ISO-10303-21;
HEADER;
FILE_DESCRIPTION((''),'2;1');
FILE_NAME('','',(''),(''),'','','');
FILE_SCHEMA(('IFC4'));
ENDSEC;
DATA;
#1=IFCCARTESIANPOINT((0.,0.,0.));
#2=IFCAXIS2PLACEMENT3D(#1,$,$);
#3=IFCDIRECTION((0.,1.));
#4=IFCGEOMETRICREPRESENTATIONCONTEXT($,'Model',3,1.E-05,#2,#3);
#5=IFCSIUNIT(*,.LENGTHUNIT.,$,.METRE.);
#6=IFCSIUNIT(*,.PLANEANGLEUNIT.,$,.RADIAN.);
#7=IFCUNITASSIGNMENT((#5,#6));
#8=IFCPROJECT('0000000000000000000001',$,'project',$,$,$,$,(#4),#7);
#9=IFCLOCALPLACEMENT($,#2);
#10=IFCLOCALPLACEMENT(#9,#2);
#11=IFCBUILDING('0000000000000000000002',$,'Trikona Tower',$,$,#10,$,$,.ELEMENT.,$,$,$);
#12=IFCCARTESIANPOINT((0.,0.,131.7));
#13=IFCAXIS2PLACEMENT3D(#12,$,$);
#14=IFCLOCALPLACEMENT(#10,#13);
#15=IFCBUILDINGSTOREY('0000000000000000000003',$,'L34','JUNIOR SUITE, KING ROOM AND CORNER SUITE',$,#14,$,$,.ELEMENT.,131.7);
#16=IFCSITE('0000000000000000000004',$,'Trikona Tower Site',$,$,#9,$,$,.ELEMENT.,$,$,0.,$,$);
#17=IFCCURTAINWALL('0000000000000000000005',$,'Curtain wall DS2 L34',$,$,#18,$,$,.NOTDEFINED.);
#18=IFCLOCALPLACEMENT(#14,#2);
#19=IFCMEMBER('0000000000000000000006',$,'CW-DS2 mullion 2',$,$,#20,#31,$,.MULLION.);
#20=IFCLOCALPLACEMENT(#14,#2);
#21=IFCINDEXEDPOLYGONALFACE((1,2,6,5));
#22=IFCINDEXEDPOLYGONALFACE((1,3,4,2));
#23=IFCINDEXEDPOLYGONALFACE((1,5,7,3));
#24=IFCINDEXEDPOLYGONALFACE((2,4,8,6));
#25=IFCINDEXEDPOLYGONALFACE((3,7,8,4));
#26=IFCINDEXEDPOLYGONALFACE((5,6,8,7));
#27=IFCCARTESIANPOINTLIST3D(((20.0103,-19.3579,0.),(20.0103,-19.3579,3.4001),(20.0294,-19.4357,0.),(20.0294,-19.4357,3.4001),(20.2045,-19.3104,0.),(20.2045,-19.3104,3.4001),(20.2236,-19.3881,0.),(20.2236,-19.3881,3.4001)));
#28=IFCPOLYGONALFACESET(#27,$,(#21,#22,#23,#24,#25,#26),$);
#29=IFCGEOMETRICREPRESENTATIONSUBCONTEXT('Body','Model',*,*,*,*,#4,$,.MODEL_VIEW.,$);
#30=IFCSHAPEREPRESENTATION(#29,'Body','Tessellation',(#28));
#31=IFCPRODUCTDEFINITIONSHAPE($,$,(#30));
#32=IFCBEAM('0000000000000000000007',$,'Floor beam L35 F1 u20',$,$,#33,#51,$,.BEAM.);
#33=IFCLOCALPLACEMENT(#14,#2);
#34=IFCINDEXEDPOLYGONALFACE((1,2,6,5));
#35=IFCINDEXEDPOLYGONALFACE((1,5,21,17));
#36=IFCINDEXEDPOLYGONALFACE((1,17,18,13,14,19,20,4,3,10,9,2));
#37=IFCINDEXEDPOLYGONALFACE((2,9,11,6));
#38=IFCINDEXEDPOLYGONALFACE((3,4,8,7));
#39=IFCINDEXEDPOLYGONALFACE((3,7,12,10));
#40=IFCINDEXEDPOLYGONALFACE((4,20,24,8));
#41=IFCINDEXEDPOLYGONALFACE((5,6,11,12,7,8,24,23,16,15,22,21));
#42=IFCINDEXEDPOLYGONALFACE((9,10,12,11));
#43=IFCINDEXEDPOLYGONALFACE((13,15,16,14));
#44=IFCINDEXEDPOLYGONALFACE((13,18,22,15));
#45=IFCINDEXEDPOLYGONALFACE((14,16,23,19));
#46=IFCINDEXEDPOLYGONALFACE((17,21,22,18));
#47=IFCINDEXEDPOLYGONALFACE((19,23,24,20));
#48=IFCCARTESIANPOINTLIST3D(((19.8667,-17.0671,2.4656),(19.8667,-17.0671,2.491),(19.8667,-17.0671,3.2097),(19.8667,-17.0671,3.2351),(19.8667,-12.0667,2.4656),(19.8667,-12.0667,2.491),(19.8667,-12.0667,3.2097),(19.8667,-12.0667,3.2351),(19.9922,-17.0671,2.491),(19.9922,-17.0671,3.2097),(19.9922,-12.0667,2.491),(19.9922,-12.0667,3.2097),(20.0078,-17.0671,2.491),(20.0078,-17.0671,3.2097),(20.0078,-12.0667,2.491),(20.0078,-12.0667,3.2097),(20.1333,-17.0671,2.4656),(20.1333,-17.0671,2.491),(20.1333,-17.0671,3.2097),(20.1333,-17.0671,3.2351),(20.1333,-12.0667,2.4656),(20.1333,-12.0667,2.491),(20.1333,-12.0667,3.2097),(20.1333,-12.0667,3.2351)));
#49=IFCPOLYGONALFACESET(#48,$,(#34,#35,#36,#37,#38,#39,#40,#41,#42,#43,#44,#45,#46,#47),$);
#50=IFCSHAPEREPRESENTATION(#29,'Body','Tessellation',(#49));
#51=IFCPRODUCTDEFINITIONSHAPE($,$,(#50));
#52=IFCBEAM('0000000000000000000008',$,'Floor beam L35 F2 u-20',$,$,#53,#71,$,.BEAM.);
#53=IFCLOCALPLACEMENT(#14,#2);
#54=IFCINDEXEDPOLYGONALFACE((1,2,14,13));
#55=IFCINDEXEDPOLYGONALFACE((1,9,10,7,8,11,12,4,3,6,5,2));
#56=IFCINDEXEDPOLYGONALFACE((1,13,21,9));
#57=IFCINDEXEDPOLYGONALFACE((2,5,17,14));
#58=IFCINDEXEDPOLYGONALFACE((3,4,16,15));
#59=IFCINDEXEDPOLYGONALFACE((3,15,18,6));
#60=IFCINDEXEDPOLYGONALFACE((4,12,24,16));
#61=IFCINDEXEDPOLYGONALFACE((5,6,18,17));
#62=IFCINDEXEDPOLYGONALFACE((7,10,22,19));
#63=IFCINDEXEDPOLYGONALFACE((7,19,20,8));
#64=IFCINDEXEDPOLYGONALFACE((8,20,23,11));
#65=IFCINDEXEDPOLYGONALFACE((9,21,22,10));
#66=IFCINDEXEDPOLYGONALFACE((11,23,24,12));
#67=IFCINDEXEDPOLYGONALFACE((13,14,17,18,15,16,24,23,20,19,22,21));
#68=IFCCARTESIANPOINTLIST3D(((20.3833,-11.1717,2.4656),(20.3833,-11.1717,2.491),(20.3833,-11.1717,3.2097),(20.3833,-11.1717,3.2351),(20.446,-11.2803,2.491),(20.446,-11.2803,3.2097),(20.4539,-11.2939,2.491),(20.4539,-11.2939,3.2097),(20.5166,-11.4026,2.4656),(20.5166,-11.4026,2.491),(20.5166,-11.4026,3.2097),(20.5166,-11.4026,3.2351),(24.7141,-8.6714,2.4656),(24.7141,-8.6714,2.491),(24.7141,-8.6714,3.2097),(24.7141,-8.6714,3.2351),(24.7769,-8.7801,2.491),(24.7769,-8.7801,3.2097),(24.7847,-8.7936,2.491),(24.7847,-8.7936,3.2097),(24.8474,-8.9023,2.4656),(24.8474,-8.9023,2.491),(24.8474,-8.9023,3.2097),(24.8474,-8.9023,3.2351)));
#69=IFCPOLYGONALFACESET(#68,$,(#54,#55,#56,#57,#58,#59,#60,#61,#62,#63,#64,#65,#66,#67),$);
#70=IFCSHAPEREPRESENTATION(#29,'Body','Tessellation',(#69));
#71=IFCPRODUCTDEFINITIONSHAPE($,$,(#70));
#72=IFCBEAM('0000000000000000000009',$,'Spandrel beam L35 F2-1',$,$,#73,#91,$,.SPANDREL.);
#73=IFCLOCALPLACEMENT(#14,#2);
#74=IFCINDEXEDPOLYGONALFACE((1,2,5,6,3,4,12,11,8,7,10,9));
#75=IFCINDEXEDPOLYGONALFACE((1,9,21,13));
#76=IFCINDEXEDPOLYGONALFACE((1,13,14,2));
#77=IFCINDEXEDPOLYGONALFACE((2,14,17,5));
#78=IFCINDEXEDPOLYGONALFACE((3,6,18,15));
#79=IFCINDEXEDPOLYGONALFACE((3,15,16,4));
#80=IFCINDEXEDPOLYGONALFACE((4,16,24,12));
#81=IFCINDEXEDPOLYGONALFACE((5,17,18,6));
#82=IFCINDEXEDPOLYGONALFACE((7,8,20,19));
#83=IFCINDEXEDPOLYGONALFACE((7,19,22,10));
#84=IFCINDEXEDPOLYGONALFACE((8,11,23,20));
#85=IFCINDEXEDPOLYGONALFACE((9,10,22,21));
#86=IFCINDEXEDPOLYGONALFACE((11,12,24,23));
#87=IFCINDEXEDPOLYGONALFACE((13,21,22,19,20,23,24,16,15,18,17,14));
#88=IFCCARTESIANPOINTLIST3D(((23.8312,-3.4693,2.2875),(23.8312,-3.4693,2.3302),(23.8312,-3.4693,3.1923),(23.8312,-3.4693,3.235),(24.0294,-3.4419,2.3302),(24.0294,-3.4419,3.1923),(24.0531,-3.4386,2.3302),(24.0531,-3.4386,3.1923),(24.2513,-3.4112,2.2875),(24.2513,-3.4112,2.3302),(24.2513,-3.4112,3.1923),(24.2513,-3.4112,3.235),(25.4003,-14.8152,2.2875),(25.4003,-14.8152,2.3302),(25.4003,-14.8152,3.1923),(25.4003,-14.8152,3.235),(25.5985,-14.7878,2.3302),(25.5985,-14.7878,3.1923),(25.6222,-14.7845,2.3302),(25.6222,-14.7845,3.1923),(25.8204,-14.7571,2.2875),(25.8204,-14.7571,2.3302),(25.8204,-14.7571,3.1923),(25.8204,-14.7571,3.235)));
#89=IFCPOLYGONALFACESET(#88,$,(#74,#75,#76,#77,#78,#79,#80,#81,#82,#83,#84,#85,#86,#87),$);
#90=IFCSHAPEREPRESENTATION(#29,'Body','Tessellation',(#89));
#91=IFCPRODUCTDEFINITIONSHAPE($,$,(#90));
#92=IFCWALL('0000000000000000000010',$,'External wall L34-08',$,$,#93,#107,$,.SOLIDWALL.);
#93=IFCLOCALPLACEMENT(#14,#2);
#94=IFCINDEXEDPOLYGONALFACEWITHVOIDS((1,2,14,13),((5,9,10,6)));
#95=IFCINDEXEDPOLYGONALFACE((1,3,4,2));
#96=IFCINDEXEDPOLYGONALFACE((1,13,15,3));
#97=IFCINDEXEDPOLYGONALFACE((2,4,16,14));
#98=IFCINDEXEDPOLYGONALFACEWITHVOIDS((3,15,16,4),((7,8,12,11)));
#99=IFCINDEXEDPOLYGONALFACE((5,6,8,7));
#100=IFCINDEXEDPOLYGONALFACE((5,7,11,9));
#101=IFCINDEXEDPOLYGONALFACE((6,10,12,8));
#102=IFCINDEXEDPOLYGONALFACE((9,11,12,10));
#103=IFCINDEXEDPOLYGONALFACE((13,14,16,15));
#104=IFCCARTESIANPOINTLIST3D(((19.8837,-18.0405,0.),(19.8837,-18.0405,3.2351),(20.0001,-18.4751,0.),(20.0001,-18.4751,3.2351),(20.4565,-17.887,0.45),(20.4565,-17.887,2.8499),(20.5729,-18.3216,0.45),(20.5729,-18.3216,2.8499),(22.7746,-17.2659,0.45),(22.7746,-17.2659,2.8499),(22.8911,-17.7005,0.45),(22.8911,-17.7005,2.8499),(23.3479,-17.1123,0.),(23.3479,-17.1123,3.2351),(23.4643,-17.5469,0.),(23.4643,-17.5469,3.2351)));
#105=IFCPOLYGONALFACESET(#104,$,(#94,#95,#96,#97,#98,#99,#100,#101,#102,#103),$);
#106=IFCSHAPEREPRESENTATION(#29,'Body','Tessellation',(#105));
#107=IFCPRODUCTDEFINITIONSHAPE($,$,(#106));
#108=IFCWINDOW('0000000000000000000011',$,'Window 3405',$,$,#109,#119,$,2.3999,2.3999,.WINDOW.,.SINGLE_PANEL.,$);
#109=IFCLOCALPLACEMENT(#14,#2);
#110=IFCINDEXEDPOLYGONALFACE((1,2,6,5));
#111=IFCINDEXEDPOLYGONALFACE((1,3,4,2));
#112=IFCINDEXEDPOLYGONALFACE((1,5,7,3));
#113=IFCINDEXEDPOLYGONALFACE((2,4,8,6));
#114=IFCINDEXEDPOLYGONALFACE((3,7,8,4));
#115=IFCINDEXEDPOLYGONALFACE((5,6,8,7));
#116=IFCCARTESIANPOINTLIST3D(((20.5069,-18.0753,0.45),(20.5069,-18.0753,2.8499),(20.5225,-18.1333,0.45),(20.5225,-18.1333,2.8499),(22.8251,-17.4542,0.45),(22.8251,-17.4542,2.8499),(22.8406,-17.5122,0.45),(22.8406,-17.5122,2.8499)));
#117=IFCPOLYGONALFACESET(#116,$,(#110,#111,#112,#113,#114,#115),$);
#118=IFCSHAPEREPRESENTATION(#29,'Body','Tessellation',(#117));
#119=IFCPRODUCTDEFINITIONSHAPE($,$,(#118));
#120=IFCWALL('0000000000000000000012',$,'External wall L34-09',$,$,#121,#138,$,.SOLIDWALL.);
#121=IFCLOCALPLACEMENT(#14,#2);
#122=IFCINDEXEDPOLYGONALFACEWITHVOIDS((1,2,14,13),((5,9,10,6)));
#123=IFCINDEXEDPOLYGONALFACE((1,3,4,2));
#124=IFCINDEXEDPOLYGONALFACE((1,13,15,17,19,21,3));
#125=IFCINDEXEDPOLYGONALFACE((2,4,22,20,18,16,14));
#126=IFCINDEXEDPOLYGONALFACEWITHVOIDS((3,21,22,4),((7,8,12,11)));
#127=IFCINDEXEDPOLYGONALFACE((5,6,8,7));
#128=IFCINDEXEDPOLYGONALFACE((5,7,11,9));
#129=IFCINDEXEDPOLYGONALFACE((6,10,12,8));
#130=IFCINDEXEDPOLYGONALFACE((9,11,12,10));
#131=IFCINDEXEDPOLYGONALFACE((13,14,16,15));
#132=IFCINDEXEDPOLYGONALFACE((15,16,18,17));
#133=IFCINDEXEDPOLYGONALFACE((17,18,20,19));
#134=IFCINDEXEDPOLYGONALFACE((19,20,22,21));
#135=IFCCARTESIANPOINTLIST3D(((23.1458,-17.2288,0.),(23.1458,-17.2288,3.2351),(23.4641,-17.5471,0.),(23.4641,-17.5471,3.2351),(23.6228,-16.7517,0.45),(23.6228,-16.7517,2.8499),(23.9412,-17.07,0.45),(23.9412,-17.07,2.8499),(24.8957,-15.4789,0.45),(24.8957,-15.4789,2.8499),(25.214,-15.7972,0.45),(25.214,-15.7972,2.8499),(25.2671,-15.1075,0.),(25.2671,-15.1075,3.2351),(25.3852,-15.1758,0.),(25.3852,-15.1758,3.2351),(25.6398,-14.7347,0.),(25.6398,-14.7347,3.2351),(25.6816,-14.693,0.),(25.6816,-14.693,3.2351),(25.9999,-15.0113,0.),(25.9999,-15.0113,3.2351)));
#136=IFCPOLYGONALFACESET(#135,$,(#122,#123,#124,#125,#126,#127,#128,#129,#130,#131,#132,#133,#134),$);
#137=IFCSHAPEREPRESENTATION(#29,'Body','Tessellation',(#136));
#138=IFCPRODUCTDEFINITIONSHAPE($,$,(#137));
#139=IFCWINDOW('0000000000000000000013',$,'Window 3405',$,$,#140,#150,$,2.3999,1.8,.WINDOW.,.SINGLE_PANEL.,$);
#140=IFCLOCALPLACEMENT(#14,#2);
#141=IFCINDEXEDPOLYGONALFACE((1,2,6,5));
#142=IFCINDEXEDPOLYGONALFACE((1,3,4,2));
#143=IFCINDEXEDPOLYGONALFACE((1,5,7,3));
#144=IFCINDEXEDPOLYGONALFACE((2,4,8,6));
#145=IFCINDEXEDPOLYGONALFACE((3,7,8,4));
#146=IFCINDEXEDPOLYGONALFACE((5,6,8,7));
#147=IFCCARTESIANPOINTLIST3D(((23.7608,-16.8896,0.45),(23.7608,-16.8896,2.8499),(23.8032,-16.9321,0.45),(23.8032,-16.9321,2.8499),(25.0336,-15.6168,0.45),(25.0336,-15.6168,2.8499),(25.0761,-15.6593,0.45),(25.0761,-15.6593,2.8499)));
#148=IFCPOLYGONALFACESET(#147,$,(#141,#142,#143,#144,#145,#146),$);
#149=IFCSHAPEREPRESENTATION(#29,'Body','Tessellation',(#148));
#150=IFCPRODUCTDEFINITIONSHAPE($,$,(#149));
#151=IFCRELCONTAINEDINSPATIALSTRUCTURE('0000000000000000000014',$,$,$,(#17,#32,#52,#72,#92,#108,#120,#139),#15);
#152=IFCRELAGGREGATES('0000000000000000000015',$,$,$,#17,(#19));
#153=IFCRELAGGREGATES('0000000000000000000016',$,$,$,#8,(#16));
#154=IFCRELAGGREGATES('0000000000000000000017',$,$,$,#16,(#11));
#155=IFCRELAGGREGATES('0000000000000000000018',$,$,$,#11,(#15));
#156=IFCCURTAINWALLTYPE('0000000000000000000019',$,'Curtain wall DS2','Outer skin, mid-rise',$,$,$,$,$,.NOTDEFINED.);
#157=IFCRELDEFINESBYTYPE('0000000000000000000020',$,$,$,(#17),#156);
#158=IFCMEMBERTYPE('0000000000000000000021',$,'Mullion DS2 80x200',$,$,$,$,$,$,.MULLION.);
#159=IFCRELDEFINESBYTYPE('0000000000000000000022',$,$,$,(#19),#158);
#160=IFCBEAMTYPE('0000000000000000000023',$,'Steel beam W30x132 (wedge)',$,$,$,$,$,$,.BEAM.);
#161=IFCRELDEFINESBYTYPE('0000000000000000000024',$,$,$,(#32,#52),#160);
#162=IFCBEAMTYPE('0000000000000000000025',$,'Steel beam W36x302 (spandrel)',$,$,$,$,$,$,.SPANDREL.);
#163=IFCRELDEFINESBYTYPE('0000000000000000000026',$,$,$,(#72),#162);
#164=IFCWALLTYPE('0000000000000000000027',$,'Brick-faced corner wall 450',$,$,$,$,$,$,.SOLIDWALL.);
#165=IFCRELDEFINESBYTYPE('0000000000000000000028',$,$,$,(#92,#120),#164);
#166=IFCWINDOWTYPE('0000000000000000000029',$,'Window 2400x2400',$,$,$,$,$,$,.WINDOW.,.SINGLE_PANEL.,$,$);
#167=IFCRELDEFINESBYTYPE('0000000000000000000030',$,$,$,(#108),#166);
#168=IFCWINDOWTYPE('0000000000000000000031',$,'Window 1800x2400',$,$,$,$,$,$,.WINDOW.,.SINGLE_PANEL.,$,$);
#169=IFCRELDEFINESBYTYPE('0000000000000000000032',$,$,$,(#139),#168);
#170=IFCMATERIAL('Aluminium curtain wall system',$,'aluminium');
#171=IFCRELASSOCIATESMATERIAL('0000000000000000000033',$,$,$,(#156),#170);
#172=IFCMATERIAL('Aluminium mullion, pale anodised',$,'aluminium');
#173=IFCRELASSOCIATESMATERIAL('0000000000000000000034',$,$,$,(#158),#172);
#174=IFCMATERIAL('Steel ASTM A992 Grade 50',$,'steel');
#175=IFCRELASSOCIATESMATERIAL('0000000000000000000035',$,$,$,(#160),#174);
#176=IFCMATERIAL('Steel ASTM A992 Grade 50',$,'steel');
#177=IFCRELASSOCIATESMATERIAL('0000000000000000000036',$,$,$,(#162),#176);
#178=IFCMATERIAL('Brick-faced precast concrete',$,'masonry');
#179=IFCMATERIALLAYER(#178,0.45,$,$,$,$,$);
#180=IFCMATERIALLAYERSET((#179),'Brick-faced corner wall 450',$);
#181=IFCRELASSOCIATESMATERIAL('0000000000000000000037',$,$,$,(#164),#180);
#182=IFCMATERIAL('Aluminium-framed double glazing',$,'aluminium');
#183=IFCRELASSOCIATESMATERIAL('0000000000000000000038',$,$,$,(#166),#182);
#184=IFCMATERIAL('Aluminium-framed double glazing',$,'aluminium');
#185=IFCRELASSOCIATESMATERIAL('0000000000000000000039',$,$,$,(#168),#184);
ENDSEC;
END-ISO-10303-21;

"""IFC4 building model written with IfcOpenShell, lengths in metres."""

from ifc_helpers import new_model, si_unit, direction, frame, frame_2d, origin, origin_2d, place, context, subcontext, project, spatial, polyline, rectangle, i_section, outline, extrude, material, layer, layer_set, material_profile, profile_set, type_object, element, fill, aggregate, save


model = new_model("IFC4")

# Units and contexts
model_context = context("Model", 3, precision=1e-05, world=origin(), true_north=direction((0.0, 1.0)))
body_context = subcontext(model_context, "Body", "Model", "MODEL_VIEW")
ifc_project = project(units=[si_unit("LENGTHUNIT", "METRE"), si_unit("PLANEANGLEUNIT", "RADIAN")], contexts=[model_context])

# Site, building, storey
site_placement = place(None, origin())
site = spatial("IfcSite", under=ifc_project, at=site_placement, Name="Trikona Tower Site", CompositionType="ELEMENT", RefElevation=0.0)
building_placement = place(site_placement, origin())
building = spatial("IfcBuilding", under=site, at=building_placement, Name="Trikona Tower", CompositionType="ELEMENT")
storey_placement = place(building_placement, frame((0.0, 0.0, 131.7)))
storey = spatial("IfcBuildingStorey", under=building, at=storey_placement, Name="L34", Description="JUNIOR SUITE, KING ROOM AND CORNER SUITE", CompositionType="ELEMENT", Elevation=131.7)

# Curtain wall, member
ifc_material_1 = material(Name="Aluminium curtain wall system", Category="aluminium")
curtain_wall_type = type_object("IfcCurtainWallType", Name="Curtain wall DS2", Description="Outer skin, mid-rise", PredefinedType="NOTDEFINED", material=ifc_material_1)
curtain_wall_placement = place(storey_placement, origin())
curtain_wall = element("IfcCurtainWall", 1, at=curtain_wall_placement, inside=storey, type_object=curtain_wall_type, Name="Curtain wall DS2 L34", PredefinedType="NOTDEFINED")
ifc_material_2 = material(Name="Aluminium mullion, pale anodised", Category="aluminium")
ifc_material_profile_1 = material_profile(ifc_material_2, rectangle(XDim=0.0801, YDim=0.2, at=origin_2d()), Name="MUL-DS2")
ifc_profile_set_1 = profile_set([ifc_material_profile_1], Name="Aluminium mullion, pale anodised")
member_type = type_object("IfcMemberType", Name="Mullion DS2 80x200", PredefinedType="MULLION", material=ifc_profile_set_1)
member_placement = place(storey_placement, frame((20.1169, -19.373, 0.0), z_axis=(0.0, 0.0, 1.0), x_axis=(-0.23797, 0.971272, 0.0)))
member = element("IfcMember", 2, at=member_placement, type_object=member_type, Name="CW-DS2 mullion 2", PredefinedType="MULLION", context=body_context, shape_type="SweptSolid", body=[
    extrude(rectangle(XDim=0.0801, YDim=0.2, at=origin_2d()), origin(), (0.0, 0.0, 1.0), 3.4001),
])
aggregate(curtain_wall, [member])

# Beams
ifc_material_3 = material(Name="Steel ASTM A992 Grade 50", Category="steel")
ifc_material_profile_2 = material_profile(ifc_material_3, i_section(OverallWidth=0.2666, OverallDepth=0.7695, WebThickness=0.0156, FlangeThickness=0.0254, at=origin_2d()), Name="W30X132")
ifc_profile_set_2 = profile_set([ifc_material_profile_2], Name="Steel ASTM A992 Grade 50")
beam_type_1 = type_object("IfcBeamType", Name="Steel beam W30x132 (wedge)", PredefinedType="BEAM", material=ifc_profile_set_2)
beam_1_placement = place(storey_placement, frame((20.0, -12.0667, 2.8503), z_axis=(0.0, -1.0, 0.0), x_axis=(1.0, 0.0, 0.0)))
element("IfcBeam", 3, at=beam_1_placement, inside=storey, type_object=beam_type_1, Name="Floor beam L35 F1 u20", PredefinedType="BEAM", context=body_context, shape_type="SweptSolid", body=[
    extrude(i_section(OverallWidth=0.2666, OverallDepth=0.7695, WebThickness=0.0156, FlangeThickness=0.0254, at=origin_2d()), origin(), (0.0, 0.0, 1.0), 5.0005),
])
beam_2_placement = place(storey_placement, frame((20.45, -11.2871, 2.8503), z_axis=(0.866038, 0.499977, 0.0), x_axis=(-0.499977, 0.866038, 0.0)))
element("IfcBeam", 4, at=beam_2_placement, inside=storey, type_object=beam_type_1, Name="Floor beam L35 F2 u-20", PredefinedType="BEAM", context=body_context, shape_type="SweptSolid", body=[
    extrude(i_section(OverallWidth=0.2666, OverallDepth=0.7695, WebThickness=0.0156, FlangeThickness=0.0254, at=origin_2d()), origin(), (0.0, 0.0, 1.0), 5.0007),
])
ifc_material_4 = material(Name="Steel ASTM A992 Grade 50", Category="steel")
ifc_material_profile_3 = material_profile(ifc_material_4, i_section(OverallWidth=0.4241, OverallDepth=0.9475, WebThickness=0.0239, FlangeThickness=0.0427, at=origin_2d()), Name="W36X302")
ifc_profile_set_3 = profile_set([ifc_material_profile_3], Name="Steel ASTM A992 Grade 50")
beam_type_2 = type_object("IfcBeamType", Name="Steel beam W36x302 (spandrel)", PredefinedType="SPANDREL", material=ifc_profile_set_3)
beam_3_placement = place(storey_placement, frame((25.6104, -14.7861, 2.7612), z_axis=(-0.136992, 0.990572, 0.0), x_axis=(-0.990572, -0.136992, 0.0)))
element("IfcBeam", 5, at=beam_3_placement, inside=storey, type_object=beam_type_2, Name="Spandrel beam L35 F2-1", PredefinedType="SPANDREL", context=body_context, shape_type="SweptSolid", body=[
    extrude(i_section(OverallWidth=0.4241, OverallDepth=0.9475, WebThickness=0.0239, FlangeThickness=0.0427, at=origin_2d()), origin(), (0.0, 0.0, 1.0), 11.4539),
])

# Walls, openings, windows
ifc_material_5 = material(Name="Brick-faced precast concrete", Category="masonry")
ifc_layer_1 = layer(ifc_material_5, 0.45)
ifc_layer_set_1 = layer_set([ifc_layer_1], Name="Brick-faced corner wall 450")
wall_type_1 = type_object("IfcWallType", Name="Brick-faced corner wall 450", PredefinedType="SOLIDWALL", material=ifc_layer_set_1)
wall_1_placement = place(storey_placement, frame((19.9419, -18.2578, 0.0), z_axis=(0.0, 0.0, 1.0), x_axis=(0.965925, 0.258823, 0.0)))
wall_1 = element("IfcWall", 6, at=wall_1_placement, inside=storey, type_object=wall_type_1, Name="External wall L34-08", PredefinedType="SOLIDWALL", context=body_context, shape_type="SweptSolid", body=[
    extrude(rectangle(XDim=3.5864, YDim=0.45, at=frame_2d((1.7932, 0.0))), origin(), (0.0, 0.0, 1.0), 3.2351),
])
opening_1_placement = place(wall_1_placement, frame((0.593, 0.0, 0.45)))
opening_1 = element("IfcOpeningElement", 7, at=opening_1_placement, cuts=wall_1, PredefinedType="OPENING", context=body_context, shape_type="SweptSolid", body=[
    extrude(rectangle(XDim=2.3999, YDim=2.3999, at=frame_2d((1.2, 1.2))), frame((0.0, 0.2349, 0.0), z_axis=(0.0, -1.0, 0.0), x_axis=(1.0, 0.0, 0.0)), (0.0, 0.0, 1.0), 0.47),
])
ifc_material_6 = material(Name="Aluminium-framed double glazing", Category="aluminium")
window_type_1 = type_object("IfcWindowType", Name="Window 2400x2400", PartitioningType="SINGLE_PANEL", PredefinedType="WINDOW", material=ifc_material_6)
window_1_placement = place(opening_1_placement, origin())
window_1 = element("IfcWindow", 8, at=window_1_placement, inside=storey, type_object=window_type_1, Name="Window 3405", OverallHeight=2.3999, OverallWidth=2.3999, PartitioningType="SINGLE_PANEL", PredefinedType="WINDOW", context=body_context, shape_type="SweptSolid", body=[
    extrude(rectangle(XDim=2.3999, YDim=2.3999, at=frame_2d((1.2, 1.2))), frame((0.0, 0.03, 0.0), z_axis=(0.0, -1.0, 0.0), x_axis=(1.0, 0.0, 0.0)), (0.0, 0.0, 1.0), 0.0601),
])
fill(opening_1, window_1)
wall_2_placement = place(storey_placement, frame((23.3049, -17.3879, 0.0), z_axis=(0.0, 0.0, 1.0), x_axis=(0.707107, 0.707107, 0.0)))
wall_2 = element("IfcWall", 9, at=wall_2_placement, inside=storey, type_object=wall_type_1, Name="External wall L34-09", PredefinedType="SOLIDWALL", context=body_context, shape_type="SweptSolid", body=[
    extrude(outline(polyline([(3.5862, 0.2251), (3.5271, 0.2251), (3.0352, 0.0933), (3.0, 0.2251), (0.0, 0.2251), (0.0, -0.2251), (3.5862, -0.2251), (3.5862, 0.2251)])), origin(), (0.0, 0.0, 1.0), 3.2351),
])
opening_2_placement = place(wall_2_placement, frame((0.6748, 0.0, 0.45)))
opening_2 = element("IfcOpeningElement", 10, at=opening_2_placement, cuts=wall_2, PredefinedType="OPENING", context=body_context, shape_type="SweptSolid", body=[
    extrude(rectangle(XDim=1.8, YDim=2.3999, at=frame_2d((0.8999, 1.2))), frame((0.0, 0.2349, 0.0), z_axis=(0.0, -1.0, 0.0), x_axis=(1.0, 0.0, 0.0)), (0.0, 0.0, 1.0), 0.47),
])
ifc_material_7 = material(Name="Aluminium-framed double glazing", Category="aluminium")
window_type_2 = type_object("IfcWindowType", Name="Window 1800x2400", PartitioningType="SINGLE_PANEL", PredefinedType="WINDOW", material=ifc_material_7)
window_2_placement = place(opening_2_placement, origin())
window_2 = element("IfcWindow", 11, at=window_2_placement, inside=storey, type_object=window_type_2, Name="Window 3405", OverallHeight=2.3999, OverallWidth=1.8, PartitioningType="SINGLE_PANEL", PredefinedType="WINDOW", context=body_context, shape_type="SweptSolid", body=[
    extrude(rectangle(XDim=1.8, YDim=2.3999, at=frame_2d((0.8999, 1.2))), frame((0.0, 0.03, 0.0), z_axis=(0.0, -1.0, 0.0), x_axis=(1.0, 0.0, 0.0)), (0.0, 0.0, 1.0), 0.0601),
])
fill(opening_2, window_2)

save(model, "model.ifc")
